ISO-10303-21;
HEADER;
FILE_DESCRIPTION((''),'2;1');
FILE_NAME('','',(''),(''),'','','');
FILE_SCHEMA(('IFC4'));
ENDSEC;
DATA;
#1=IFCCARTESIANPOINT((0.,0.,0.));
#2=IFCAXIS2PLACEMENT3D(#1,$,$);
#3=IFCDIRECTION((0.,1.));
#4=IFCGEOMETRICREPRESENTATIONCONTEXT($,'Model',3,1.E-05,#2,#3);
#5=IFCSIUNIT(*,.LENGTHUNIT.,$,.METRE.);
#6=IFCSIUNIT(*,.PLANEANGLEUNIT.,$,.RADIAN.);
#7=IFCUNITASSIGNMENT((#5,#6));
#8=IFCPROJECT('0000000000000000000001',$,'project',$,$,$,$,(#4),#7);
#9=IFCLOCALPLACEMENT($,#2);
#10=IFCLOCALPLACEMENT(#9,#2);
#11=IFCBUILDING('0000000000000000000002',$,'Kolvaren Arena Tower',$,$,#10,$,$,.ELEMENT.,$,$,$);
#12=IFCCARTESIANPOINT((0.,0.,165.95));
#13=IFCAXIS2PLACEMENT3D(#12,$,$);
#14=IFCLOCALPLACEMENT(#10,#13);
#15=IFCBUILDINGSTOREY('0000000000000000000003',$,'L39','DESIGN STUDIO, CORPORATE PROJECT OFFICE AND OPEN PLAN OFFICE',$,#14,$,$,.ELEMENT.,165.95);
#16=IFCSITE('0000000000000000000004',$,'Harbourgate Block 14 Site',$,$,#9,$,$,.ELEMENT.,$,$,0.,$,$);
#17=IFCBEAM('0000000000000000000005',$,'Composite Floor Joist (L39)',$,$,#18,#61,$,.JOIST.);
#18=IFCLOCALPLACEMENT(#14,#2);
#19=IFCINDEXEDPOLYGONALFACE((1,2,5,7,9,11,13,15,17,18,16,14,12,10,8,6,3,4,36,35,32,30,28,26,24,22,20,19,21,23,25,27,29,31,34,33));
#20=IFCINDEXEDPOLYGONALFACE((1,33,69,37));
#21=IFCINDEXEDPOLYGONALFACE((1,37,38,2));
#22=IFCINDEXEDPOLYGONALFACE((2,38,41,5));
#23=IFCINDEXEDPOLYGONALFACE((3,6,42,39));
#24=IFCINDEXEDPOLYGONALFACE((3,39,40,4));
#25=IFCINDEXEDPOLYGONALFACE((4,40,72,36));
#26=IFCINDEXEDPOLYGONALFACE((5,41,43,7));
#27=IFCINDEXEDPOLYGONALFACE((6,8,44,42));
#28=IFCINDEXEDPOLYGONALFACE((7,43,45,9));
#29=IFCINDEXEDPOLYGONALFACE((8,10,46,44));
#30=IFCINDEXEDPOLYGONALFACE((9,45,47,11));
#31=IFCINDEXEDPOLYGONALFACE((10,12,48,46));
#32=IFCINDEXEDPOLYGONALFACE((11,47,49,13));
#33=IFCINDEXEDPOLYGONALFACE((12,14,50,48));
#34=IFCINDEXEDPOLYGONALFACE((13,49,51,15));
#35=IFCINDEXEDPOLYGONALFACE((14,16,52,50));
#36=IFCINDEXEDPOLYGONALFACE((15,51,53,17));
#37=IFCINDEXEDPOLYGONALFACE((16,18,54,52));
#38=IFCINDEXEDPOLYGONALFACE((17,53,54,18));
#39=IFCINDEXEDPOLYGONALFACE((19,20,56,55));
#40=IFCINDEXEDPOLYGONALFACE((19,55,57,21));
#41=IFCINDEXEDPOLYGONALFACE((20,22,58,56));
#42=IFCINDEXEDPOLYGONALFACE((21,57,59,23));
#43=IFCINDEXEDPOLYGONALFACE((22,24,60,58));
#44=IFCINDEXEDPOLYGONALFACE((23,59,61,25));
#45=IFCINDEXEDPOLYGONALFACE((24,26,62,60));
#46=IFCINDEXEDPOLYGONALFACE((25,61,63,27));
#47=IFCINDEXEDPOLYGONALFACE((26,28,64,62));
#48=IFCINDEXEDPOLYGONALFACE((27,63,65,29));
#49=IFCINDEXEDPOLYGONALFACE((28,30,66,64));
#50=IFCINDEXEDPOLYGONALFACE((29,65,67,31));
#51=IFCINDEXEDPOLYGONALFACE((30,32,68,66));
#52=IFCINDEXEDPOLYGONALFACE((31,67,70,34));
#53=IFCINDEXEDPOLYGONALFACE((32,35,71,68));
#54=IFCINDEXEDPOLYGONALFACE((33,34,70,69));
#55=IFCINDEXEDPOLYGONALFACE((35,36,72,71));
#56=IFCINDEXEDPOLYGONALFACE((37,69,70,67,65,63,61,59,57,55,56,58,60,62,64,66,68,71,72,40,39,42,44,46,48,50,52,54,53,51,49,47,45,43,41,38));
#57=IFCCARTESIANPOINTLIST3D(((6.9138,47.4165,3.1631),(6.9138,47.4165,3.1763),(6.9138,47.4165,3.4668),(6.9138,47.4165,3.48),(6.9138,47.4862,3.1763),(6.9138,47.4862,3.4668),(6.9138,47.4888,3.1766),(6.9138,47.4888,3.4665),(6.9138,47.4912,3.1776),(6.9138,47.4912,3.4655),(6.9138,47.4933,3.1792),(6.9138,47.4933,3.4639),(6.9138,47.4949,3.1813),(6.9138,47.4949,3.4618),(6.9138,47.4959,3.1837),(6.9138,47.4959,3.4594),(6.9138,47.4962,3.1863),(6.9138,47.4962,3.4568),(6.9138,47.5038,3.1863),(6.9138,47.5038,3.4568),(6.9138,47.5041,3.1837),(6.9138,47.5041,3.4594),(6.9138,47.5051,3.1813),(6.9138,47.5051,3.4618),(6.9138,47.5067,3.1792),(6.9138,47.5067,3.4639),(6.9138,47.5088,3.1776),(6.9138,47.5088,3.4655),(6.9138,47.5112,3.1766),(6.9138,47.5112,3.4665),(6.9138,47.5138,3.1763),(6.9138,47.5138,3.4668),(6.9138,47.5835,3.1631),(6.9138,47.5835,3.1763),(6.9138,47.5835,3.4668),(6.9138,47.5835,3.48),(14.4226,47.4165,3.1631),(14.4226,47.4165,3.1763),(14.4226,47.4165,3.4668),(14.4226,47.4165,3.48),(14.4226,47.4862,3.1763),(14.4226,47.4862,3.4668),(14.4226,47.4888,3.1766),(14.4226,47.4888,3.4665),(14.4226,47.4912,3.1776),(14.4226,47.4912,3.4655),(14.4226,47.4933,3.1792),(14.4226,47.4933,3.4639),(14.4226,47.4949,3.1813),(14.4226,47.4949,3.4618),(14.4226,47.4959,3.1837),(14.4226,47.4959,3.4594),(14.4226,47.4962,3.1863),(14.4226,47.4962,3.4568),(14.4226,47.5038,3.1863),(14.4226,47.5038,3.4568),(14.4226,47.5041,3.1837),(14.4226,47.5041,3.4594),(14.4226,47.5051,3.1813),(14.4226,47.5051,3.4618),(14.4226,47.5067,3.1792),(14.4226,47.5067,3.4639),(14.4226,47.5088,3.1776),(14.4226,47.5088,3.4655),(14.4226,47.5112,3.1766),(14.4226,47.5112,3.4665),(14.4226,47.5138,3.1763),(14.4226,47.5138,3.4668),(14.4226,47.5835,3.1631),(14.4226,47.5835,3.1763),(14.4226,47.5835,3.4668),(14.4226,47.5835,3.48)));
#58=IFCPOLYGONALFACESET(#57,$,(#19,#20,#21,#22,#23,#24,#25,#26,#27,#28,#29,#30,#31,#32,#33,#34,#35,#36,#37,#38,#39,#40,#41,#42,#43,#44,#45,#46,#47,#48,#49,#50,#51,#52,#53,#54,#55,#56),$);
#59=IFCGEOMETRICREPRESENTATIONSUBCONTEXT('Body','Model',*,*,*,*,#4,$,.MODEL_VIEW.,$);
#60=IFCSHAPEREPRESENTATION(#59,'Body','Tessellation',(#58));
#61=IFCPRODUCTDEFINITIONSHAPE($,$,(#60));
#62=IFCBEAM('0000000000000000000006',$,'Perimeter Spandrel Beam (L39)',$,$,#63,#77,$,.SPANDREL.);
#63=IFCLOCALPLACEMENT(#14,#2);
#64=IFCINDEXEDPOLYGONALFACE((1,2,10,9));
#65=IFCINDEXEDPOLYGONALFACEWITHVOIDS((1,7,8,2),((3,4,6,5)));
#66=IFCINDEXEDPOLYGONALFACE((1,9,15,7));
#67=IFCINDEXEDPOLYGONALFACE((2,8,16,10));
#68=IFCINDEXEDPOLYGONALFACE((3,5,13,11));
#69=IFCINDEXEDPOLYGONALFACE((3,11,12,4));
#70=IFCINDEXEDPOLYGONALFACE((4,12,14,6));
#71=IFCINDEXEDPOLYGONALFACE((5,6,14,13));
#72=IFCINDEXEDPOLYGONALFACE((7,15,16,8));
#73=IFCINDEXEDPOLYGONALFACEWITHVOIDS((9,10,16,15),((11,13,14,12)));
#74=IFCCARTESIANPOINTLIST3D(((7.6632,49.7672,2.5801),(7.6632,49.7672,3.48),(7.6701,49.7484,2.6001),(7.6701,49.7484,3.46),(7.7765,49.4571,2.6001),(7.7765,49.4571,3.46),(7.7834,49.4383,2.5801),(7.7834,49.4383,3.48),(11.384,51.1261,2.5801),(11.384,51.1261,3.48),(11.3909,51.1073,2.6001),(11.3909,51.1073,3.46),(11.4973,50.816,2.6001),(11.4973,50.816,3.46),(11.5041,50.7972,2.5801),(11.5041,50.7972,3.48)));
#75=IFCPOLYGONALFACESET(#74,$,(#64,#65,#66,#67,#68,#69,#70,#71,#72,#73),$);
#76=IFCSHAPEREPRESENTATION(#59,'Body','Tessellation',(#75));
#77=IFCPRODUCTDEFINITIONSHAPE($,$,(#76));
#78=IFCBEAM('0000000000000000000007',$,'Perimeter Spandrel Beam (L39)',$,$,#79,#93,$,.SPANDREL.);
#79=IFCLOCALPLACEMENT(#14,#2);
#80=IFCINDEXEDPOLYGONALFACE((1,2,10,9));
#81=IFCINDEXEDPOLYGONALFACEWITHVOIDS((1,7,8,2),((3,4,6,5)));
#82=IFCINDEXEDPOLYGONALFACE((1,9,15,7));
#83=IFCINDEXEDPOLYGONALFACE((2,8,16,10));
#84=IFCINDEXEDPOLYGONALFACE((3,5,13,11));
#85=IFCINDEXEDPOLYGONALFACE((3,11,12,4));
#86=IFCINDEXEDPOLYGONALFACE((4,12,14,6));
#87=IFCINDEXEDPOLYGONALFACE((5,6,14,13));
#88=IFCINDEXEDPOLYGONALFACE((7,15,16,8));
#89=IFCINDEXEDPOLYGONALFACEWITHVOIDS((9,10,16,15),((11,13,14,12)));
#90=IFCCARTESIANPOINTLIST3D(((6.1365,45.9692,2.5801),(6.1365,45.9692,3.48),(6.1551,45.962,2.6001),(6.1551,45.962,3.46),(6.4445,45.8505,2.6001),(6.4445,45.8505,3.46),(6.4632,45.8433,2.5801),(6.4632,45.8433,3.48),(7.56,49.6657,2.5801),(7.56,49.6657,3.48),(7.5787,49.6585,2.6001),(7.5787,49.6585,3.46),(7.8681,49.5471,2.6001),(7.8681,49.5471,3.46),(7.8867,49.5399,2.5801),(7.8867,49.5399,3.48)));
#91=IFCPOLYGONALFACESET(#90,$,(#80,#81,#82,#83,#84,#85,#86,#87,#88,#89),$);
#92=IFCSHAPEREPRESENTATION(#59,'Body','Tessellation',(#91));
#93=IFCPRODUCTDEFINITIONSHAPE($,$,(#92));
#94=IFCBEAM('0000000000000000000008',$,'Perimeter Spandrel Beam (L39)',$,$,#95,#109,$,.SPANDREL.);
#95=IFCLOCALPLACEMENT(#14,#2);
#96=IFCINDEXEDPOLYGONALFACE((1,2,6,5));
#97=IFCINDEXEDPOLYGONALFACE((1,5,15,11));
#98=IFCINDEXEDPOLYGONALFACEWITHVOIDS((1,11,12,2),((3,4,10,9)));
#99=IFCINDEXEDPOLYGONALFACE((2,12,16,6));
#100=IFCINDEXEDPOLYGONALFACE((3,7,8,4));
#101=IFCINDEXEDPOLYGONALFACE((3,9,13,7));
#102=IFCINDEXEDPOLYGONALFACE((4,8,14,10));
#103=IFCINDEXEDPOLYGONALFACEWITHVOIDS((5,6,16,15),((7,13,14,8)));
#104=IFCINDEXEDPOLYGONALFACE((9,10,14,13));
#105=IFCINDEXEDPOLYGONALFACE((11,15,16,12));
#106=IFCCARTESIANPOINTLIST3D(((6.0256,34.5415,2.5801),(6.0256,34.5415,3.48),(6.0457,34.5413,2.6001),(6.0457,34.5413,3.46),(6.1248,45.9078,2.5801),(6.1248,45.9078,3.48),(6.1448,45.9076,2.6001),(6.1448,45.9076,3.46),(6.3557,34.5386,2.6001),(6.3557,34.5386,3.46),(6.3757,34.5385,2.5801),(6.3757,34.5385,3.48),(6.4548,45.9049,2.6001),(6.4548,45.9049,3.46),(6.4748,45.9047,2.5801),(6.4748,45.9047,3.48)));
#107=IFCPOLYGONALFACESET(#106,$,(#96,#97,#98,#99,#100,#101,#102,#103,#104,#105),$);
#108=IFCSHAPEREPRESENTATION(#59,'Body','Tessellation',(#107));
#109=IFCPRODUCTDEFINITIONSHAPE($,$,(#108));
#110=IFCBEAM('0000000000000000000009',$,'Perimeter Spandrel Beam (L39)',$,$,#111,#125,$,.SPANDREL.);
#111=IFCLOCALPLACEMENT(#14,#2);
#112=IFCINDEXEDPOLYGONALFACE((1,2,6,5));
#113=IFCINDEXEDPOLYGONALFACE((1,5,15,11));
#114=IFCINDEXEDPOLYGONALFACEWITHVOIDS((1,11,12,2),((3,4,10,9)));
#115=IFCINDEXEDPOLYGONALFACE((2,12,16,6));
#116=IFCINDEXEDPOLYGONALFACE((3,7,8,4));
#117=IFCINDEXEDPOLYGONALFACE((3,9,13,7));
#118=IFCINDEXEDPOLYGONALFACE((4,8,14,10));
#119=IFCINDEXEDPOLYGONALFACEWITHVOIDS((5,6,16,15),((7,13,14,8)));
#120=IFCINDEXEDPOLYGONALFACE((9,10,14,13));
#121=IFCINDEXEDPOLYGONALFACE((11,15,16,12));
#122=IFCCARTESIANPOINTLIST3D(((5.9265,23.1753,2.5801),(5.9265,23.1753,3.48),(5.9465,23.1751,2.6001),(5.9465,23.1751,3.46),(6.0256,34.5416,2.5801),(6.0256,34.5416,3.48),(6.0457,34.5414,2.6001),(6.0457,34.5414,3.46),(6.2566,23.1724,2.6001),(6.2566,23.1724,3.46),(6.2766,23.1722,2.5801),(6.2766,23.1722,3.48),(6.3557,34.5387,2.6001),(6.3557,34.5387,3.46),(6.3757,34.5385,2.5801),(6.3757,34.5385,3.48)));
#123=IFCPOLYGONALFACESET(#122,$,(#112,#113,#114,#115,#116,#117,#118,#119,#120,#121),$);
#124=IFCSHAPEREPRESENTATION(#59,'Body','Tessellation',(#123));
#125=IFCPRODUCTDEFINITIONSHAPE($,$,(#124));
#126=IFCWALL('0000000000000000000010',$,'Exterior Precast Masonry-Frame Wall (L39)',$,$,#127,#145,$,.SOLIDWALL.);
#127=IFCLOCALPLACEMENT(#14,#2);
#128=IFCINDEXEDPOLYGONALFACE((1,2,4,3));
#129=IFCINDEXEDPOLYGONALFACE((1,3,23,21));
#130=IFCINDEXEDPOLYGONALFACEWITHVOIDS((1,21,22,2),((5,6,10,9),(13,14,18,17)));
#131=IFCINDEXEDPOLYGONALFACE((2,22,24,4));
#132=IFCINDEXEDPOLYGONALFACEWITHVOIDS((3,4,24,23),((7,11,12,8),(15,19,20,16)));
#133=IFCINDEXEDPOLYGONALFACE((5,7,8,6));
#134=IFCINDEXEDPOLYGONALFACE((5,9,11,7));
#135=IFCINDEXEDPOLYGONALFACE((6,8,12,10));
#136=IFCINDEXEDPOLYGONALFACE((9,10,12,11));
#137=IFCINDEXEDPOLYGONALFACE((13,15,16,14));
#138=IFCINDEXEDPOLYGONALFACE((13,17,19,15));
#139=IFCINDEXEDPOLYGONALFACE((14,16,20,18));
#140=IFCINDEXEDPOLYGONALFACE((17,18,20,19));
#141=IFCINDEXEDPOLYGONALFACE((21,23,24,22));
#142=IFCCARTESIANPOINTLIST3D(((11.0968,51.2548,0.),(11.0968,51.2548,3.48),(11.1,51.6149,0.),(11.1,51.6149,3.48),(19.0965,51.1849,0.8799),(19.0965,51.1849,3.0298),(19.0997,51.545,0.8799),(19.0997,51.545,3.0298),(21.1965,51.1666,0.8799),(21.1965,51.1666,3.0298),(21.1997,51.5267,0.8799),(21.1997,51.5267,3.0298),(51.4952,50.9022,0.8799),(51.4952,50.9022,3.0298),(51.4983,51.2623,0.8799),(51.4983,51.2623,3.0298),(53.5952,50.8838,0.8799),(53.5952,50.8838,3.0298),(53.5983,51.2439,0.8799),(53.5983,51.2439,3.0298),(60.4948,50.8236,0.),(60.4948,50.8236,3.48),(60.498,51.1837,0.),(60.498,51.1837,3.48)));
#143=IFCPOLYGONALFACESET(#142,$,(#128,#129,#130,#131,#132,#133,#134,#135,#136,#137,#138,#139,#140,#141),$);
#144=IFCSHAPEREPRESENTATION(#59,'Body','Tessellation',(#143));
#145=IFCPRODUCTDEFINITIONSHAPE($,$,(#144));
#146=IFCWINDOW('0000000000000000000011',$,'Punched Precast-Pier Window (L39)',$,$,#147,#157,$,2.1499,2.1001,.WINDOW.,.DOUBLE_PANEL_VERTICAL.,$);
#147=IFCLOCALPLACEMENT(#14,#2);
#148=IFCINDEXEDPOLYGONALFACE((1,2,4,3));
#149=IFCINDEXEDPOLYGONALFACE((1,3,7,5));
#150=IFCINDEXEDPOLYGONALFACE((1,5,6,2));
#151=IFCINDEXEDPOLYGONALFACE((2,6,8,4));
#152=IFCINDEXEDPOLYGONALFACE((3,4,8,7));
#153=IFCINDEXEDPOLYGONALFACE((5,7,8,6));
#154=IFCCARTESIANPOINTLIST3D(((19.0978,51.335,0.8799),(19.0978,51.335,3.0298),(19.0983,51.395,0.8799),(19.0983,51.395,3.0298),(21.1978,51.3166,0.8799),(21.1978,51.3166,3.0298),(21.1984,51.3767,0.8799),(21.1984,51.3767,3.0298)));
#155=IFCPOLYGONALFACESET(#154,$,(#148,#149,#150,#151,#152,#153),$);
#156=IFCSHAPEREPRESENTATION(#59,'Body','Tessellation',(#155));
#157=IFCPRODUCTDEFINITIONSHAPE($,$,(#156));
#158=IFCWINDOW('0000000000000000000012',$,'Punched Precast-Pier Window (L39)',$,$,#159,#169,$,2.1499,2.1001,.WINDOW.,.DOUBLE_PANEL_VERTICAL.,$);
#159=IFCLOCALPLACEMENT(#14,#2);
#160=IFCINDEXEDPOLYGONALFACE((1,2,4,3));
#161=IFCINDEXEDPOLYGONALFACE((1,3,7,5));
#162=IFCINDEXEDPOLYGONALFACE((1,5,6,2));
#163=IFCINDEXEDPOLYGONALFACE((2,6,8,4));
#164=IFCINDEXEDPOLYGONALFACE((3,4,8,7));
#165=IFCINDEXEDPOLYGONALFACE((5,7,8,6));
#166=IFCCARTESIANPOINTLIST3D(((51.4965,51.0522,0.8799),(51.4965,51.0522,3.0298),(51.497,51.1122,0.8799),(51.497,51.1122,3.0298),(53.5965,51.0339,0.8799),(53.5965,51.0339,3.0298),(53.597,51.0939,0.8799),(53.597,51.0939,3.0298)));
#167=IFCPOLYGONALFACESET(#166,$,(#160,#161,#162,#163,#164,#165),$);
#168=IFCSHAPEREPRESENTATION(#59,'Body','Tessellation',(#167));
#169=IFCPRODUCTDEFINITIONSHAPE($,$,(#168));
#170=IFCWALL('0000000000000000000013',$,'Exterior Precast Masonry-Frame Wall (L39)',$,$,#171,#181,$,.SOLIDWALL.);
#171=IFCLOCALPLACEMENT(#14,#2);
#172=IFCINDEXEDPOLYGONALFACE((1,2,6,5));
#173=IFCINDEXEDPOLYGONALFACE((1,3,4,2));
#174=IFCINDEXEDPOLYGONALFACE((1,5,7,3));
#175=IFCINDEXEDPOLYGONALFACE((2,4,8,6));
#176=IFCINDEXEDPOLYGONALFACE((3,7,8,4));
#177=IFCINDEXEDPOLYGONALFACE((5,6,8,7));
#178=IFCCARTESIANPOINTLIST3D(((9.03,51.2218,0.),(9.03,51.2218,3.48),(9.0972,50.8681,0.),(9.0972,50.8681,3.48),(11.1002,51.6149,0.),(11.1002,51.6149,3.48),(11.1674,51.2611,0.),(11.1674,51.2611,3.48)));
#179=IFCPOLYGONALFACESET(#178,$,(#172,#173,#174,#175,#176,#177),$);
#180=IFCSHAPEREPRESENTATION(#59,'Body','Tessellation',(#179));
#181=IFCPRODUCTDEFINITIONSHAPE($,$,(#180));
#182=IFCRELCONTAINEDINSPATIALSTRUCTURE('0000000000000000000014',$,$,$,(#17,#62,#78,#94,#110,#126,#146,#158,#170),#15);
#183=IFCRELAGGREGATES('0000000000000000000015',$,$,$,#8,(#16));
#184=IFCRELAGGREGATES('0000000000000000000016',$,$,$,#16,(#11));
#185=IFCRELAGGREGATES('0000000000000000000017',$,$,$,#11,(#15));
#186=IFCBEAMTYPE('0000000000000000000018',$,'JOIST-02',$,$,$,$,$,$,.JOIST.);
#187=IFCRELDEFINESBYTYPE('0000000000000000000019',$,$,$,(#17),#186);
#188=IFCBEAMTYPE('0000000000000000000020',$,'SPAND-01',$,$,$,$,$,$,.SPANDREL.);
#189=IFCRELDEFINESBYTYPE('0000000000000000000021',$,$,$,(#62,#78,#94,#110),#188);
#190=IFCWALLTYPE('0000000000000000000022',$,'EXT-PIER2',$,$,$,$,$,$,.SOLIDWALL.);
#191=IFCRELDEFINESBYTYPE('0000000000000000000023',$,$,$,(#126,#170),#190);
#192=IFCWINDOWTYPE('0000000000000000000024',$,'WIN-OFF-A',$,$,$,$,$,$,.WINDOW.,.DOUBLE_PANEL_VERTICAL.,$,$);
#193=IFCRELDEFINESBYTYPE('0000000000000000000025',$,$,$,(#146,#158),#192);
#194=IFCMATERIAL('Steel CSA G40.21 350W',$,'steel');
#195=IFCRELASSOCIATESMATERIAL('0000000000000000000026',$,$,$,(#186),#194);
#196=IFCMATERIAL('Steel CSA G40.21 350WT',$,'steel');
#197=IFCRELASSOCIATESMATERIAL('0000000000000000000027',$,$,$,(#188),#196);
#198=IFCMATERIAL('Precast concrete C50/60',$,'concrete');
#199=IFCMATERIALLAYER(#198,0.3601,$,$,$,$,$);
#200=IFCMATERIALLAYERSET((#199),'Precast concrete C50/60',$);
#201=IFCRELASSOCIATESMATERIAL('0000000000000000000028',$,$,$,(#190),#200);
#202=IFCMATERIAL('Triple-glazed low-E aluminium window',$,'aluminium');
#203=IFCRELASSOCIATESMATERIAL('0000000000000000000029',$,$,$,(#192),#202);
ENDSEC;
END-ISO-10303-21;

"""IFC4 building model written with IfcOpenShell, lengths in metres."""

from ifc_helpers import new_model, si_unit, direction, frame, frame_2d, origin, origin_2d, place, context, subcontext, project, spatial, rectangle, hollow_rectangle, i_section, extrude, material, layer, layer_set, material_profile, profile_set, type_object, element, fill, save


model = new_model("IFC4")

# Units and contexts
model_context = context("Model", 3, precision=1e-05, world=origin(), true_north=direction((0.0, 1.0)))
body_context = subcontext(model_context, "Body", "Model", "MODEL_VIEW")
ifc_project = project(units=[si_unit("LENGTHUNIT", "METRE"), si_unit("PLANEANGLEUNIT", "RADIAN")], contexts=[model_context])

# Site, building, storey
site_placement = place(None, origin())
site = spatial("IfcSite", under=ifc_project, at=site_placement, Name="Harbourgate Block 14 Site", CompositionType="ELEMENT", RefElevation=0.0)
building_placement = place(site_placement, origin())
building = spatial("IfcBuilding", under=site, at=building_placement, Name="Kolvaren Arena Tower", CompositionType="ELEMENT")
storey_placement = place(building_placement, frame((0.0, 0.0, 165.95)))
storey = spatial("IfcBuildingStorey", under=building, at=storey_placement, Name="L39", Description="DESIGN STUDIO, CORPORATE PROJECT OFFICE AND OPEN PLAN OFFICE", CompositionType="ELEMENT", Elevation=165.95)

# Beams
ifc_material_1 = material(Name="Steel CSA G40.21 350W", Category="steel")
ifc_material_profile_1 = material_profile(ifc_material_1, i_section(OverallWidth=0.167, OverallDepth=0.3169, WebThickness=0.0076, FlangeThickness=0.0132, FilletRadius=0.01, at=origin_2d()), Name="W310x52")
ifc_profile_set_1 = profile_set([ifc_material_profile_1], Name="Steel CSA G40.21 350W")
beam_type_1 = type_object("IfcBeamType", Name="JOIST-02", PredefinedType="JOIST", material=ifc_profile_set_1)
beam_1_placement = place(storey_placement, frame((6.9138, 47.5, 3.3215), z_axis=(1.0, 0.0, 0.0), x_axis=(0.0, 1.0, 0.0)))
element("IfcBeam", 1, at=beam_1_placement, inside=storey, type_object=beam_type_1, Name="Composite Floor Joist (L39)", PredefinedType="JOIST", context=body_context, shape_type="SweptSolid", body=[
    extrude(i_section(OverallWidth=0.167, OverallDepth=0.3169, WebThickness=0.0076, FlangeThickness=0.0132, FilletRadius=0.01, at=origin_2d()), origin(), (0.0, 0.0, 1.0), 7.5088),
])
ifc_material_2 = material(Name="Steel CSA G40.21 350WT", Category="steel")
ifc_material_profile_2 = material_profile(ifc_material_2, hollow_rectangle(XDim=0.3501, YDim=0.8999, WallThickness=0.02, at=origin_2d()), Name="HSS 900x350x20")
ifc_profile_set_2 = profile_set([ifc_material_profile_2], Name="Steel CSA G40.21 350WT")
beam_type_2 = type_object("IfcBeamType", Name="SPAND-01", PredefinedType="SPANDREL", material=ifc_profile_set_2)
for number, where, z_axis, x_axis, name in (
    (2, (11.4441, 50.9617, 3.03), (-0.939314, -0.343059, 0.0), (0.343059, -0.939314, 0.0), "Perimeter Spandrel Beam (L39)"),
    (3, (7.7234, 49.6028, 3.03), (-0.359384, -0.93319, 0.0), (0.93319, -0.359384, 0.0), "Perimeter Spandrel Beam (L39)"),
):
    element("IfcBeam", number, at=place(storey_placement, frame(where, z_axis=z_axis, x_axis=x_axis)), inside=storey, type_object=beam_type_2, Name=name, PredefinedType="SPANDREL", context=body_context, shape_type="SweptSolid", body=[
        extrude(hollow_rectangle(XDim=0.3501, YDim=0.8999, WallThickness=0.02, at=origin_2d()), origin(), (0.0, 0.0, 1.0), 3.9612),
    ])
for number, where, z_axis, x_axis, name in (
    (4, (6.2998, 45.9062, 3.03), (-0.00872, -0.999962, 0.0), (0.999962, -0.00872, 0.0), "Perimeter Spandrel Beam (L39)"),
    (5, (6.2007, 34.54, 3.03), (-0.00872, -0.999962, 0.0), (0.999962, -0.00872, 0.0), "Perimeter Spandrel Beam (L39)"),
):
    element("IfcBeam", number, at=place(storey_placement, frame(where, z_axis=z_axis, x_axis=x_axis)), inside=storey, type_object=beam_type_2, Name=name, PredefinedType="SPANDREL", context=body_context, shape_type="SweptSolid", body=[
        extrude(hollow_rectangle(XDim=0.3501, YDim=0.8999, WallThickness=0.02, at=origin_2d()), origin(), (0.0, 0.0, 1.0), 11.3667),
    ])

# Wall, openings, windows
ifc_material_3 = material(Name="Precast concrete C50/60", Category="concrete")
ifc_layer = layer(ifc_material_3, 0.3601)
ifc_layer_set = layer_set([ifc_layer], Name="Precast concrete C50/60")
wall_type = type_object("IfcWallType", Name="EXT-PIER2", PredefinedType="SOLIDWALL", material=ifc_layer_set)
wall_1_placement = place(storey_placement, frame((11.0984, 51.4348, 0.0), z_axis=(0.0, 0.0, 1.0), x_axis=(0.999962, -0.008728, 0.0)))
wall_1 = element("IfcWall", 6, at=wall_1_placement, inside=storey, type_object=wall_type, Name="Exterior Precast Masonry-Frame Wall (L39)", PredefinedType="SOLIDWALL", context=body_context, shape_type="SweptSolid", body=[
    extrude(rectangle(XDim=49.3999, YDim=0.3601, at=frame_2d((24.7, 0.0))), origin(), (0.0, 0.0, 1.0), 3.48),
])
opening_1_placement = place(wall_1_placement, frame((8.0, 0.0, 0.8799)))
opening_1 = element("IfcOpeningElement", 7, at=opening_1_placement, cuts=wall_1, PredefinedType="OPENING", context=body_context, shape_type="SweptSolid", body=[
    extrude(rectangle(XDim=2.1001, YDim=2.1499, at=frame_2d((1.05, 1.075))), frame((0.0, 0.1899, 0.0), z_axis=(0.0, -1.0, 0.0), x_axis=(1.0, 0.0, 0.0)), (0.0, 0.0, 1.0), 0.3801),
])
opening_2_placement = place(wall_1_placement, frame((40.3999, 0.0, 0.8799)))
opening_2 = element("IfcOpeningElement", 8, at=opening_2_placement, cuts=wall_1, PredefinedType="OPENING", context=body_context, shape_type="SweptSolid", body=[
    extrude(rectangle(XDim=2.1001, YDim=2.1499, at=frame_2d((1.05, 1.075))), frame((0.0, 0.1899, 0.0), z_axis=(0.0, -1.0, 0.0), x_axis=(1.0, 0.0, 0.0)), (0.0, 0.0, 1.0), 0.3801),
])
ifc_material_4 = material(Name="Triple-glazed low-E aluminium window", Category="aluminium")
window_type = type_object("IfcWindowType", Name="WIN-OFF-A", PartitioningType="DOUBLE_PANEL_VERTICAL", PredefinedType="WINDOW", material=ifc_material_4)
window_1_placement = place(opening_1_placement, origin())
window_1 = element("IfcWindow", 9, at=window_1_placement, inside=storey, type_object=window_type, Name="Punched Precast-Pier Window (L39)", OverallHeight=2.1499, OverallWidth=2.1001, PartitioningType="DOUBLE_PANEL_VERTICAL", PredefinedType="WINDOW", context=body_context, shape_type="SweptSolid", body=[
    extrude(rectangle(XDim=2.1001, YDim=2.1499, at=frame_2d((1.05, 1.075))), frame((0.0, 0.03, 0.0), z_axis=(0.0, -1.0, 0.0), x_axis=(1.0, 0.0, 0.0)), (0.0, 0.0, 1.0), 0.0601),
])
fill(opening_1, window_1)
window_2_placement = place(opening_2_placement, origin())
window_2 = element("IfcWindow", 10, at=window_2_placement, inside=storey, type_object=window_type, Name="Punched Precast-Pier Window (L39)", OverallHeight=2.1499, OverallWidth=2.1001, PartitioningType="DOUBLE_PANEL_VERTICAL", PredefinedType="WINDOW", context=body_context, shape_type="SweptSolid", body=[
    extrude(rectangle(XDim=2.1001, YDim=2.1499, at=frame_2d((1.05, 1.075))), frame((0.0, 0.03, 0.0), z_axis=(0.0, -1.0, 0.0), x_axis=(1.0, 0.0, 0.0)), (0.0, 0.0, 1.0), 0.0601),
])
fill(opening_2, window_2)

# Wall
wall_2_placement = place(storey_placement, frame((9.0635, 51.0449, 0.0), z_axis=(0.0, 0.0, 1.0), x_axis=(0.982446, 0.186548, 0.0)))
element("IfcWall", 11, at=wall_2_placement, inside=storey, type_object=wall_type, Name="Exterior Precast Masonry-Frame Wall (L39)", PredefinedType="SOLIDWALL", context=body_context, shape_type="SweptSolid", body=[
    extrude(rectangle(XDim=2.1072, YDim=0.3601, at=frame_2d((1.0537, 0.0))), origin(), (0.0, 0.0, 1.0), 3.48),
])

save(model, "model.ifc")
